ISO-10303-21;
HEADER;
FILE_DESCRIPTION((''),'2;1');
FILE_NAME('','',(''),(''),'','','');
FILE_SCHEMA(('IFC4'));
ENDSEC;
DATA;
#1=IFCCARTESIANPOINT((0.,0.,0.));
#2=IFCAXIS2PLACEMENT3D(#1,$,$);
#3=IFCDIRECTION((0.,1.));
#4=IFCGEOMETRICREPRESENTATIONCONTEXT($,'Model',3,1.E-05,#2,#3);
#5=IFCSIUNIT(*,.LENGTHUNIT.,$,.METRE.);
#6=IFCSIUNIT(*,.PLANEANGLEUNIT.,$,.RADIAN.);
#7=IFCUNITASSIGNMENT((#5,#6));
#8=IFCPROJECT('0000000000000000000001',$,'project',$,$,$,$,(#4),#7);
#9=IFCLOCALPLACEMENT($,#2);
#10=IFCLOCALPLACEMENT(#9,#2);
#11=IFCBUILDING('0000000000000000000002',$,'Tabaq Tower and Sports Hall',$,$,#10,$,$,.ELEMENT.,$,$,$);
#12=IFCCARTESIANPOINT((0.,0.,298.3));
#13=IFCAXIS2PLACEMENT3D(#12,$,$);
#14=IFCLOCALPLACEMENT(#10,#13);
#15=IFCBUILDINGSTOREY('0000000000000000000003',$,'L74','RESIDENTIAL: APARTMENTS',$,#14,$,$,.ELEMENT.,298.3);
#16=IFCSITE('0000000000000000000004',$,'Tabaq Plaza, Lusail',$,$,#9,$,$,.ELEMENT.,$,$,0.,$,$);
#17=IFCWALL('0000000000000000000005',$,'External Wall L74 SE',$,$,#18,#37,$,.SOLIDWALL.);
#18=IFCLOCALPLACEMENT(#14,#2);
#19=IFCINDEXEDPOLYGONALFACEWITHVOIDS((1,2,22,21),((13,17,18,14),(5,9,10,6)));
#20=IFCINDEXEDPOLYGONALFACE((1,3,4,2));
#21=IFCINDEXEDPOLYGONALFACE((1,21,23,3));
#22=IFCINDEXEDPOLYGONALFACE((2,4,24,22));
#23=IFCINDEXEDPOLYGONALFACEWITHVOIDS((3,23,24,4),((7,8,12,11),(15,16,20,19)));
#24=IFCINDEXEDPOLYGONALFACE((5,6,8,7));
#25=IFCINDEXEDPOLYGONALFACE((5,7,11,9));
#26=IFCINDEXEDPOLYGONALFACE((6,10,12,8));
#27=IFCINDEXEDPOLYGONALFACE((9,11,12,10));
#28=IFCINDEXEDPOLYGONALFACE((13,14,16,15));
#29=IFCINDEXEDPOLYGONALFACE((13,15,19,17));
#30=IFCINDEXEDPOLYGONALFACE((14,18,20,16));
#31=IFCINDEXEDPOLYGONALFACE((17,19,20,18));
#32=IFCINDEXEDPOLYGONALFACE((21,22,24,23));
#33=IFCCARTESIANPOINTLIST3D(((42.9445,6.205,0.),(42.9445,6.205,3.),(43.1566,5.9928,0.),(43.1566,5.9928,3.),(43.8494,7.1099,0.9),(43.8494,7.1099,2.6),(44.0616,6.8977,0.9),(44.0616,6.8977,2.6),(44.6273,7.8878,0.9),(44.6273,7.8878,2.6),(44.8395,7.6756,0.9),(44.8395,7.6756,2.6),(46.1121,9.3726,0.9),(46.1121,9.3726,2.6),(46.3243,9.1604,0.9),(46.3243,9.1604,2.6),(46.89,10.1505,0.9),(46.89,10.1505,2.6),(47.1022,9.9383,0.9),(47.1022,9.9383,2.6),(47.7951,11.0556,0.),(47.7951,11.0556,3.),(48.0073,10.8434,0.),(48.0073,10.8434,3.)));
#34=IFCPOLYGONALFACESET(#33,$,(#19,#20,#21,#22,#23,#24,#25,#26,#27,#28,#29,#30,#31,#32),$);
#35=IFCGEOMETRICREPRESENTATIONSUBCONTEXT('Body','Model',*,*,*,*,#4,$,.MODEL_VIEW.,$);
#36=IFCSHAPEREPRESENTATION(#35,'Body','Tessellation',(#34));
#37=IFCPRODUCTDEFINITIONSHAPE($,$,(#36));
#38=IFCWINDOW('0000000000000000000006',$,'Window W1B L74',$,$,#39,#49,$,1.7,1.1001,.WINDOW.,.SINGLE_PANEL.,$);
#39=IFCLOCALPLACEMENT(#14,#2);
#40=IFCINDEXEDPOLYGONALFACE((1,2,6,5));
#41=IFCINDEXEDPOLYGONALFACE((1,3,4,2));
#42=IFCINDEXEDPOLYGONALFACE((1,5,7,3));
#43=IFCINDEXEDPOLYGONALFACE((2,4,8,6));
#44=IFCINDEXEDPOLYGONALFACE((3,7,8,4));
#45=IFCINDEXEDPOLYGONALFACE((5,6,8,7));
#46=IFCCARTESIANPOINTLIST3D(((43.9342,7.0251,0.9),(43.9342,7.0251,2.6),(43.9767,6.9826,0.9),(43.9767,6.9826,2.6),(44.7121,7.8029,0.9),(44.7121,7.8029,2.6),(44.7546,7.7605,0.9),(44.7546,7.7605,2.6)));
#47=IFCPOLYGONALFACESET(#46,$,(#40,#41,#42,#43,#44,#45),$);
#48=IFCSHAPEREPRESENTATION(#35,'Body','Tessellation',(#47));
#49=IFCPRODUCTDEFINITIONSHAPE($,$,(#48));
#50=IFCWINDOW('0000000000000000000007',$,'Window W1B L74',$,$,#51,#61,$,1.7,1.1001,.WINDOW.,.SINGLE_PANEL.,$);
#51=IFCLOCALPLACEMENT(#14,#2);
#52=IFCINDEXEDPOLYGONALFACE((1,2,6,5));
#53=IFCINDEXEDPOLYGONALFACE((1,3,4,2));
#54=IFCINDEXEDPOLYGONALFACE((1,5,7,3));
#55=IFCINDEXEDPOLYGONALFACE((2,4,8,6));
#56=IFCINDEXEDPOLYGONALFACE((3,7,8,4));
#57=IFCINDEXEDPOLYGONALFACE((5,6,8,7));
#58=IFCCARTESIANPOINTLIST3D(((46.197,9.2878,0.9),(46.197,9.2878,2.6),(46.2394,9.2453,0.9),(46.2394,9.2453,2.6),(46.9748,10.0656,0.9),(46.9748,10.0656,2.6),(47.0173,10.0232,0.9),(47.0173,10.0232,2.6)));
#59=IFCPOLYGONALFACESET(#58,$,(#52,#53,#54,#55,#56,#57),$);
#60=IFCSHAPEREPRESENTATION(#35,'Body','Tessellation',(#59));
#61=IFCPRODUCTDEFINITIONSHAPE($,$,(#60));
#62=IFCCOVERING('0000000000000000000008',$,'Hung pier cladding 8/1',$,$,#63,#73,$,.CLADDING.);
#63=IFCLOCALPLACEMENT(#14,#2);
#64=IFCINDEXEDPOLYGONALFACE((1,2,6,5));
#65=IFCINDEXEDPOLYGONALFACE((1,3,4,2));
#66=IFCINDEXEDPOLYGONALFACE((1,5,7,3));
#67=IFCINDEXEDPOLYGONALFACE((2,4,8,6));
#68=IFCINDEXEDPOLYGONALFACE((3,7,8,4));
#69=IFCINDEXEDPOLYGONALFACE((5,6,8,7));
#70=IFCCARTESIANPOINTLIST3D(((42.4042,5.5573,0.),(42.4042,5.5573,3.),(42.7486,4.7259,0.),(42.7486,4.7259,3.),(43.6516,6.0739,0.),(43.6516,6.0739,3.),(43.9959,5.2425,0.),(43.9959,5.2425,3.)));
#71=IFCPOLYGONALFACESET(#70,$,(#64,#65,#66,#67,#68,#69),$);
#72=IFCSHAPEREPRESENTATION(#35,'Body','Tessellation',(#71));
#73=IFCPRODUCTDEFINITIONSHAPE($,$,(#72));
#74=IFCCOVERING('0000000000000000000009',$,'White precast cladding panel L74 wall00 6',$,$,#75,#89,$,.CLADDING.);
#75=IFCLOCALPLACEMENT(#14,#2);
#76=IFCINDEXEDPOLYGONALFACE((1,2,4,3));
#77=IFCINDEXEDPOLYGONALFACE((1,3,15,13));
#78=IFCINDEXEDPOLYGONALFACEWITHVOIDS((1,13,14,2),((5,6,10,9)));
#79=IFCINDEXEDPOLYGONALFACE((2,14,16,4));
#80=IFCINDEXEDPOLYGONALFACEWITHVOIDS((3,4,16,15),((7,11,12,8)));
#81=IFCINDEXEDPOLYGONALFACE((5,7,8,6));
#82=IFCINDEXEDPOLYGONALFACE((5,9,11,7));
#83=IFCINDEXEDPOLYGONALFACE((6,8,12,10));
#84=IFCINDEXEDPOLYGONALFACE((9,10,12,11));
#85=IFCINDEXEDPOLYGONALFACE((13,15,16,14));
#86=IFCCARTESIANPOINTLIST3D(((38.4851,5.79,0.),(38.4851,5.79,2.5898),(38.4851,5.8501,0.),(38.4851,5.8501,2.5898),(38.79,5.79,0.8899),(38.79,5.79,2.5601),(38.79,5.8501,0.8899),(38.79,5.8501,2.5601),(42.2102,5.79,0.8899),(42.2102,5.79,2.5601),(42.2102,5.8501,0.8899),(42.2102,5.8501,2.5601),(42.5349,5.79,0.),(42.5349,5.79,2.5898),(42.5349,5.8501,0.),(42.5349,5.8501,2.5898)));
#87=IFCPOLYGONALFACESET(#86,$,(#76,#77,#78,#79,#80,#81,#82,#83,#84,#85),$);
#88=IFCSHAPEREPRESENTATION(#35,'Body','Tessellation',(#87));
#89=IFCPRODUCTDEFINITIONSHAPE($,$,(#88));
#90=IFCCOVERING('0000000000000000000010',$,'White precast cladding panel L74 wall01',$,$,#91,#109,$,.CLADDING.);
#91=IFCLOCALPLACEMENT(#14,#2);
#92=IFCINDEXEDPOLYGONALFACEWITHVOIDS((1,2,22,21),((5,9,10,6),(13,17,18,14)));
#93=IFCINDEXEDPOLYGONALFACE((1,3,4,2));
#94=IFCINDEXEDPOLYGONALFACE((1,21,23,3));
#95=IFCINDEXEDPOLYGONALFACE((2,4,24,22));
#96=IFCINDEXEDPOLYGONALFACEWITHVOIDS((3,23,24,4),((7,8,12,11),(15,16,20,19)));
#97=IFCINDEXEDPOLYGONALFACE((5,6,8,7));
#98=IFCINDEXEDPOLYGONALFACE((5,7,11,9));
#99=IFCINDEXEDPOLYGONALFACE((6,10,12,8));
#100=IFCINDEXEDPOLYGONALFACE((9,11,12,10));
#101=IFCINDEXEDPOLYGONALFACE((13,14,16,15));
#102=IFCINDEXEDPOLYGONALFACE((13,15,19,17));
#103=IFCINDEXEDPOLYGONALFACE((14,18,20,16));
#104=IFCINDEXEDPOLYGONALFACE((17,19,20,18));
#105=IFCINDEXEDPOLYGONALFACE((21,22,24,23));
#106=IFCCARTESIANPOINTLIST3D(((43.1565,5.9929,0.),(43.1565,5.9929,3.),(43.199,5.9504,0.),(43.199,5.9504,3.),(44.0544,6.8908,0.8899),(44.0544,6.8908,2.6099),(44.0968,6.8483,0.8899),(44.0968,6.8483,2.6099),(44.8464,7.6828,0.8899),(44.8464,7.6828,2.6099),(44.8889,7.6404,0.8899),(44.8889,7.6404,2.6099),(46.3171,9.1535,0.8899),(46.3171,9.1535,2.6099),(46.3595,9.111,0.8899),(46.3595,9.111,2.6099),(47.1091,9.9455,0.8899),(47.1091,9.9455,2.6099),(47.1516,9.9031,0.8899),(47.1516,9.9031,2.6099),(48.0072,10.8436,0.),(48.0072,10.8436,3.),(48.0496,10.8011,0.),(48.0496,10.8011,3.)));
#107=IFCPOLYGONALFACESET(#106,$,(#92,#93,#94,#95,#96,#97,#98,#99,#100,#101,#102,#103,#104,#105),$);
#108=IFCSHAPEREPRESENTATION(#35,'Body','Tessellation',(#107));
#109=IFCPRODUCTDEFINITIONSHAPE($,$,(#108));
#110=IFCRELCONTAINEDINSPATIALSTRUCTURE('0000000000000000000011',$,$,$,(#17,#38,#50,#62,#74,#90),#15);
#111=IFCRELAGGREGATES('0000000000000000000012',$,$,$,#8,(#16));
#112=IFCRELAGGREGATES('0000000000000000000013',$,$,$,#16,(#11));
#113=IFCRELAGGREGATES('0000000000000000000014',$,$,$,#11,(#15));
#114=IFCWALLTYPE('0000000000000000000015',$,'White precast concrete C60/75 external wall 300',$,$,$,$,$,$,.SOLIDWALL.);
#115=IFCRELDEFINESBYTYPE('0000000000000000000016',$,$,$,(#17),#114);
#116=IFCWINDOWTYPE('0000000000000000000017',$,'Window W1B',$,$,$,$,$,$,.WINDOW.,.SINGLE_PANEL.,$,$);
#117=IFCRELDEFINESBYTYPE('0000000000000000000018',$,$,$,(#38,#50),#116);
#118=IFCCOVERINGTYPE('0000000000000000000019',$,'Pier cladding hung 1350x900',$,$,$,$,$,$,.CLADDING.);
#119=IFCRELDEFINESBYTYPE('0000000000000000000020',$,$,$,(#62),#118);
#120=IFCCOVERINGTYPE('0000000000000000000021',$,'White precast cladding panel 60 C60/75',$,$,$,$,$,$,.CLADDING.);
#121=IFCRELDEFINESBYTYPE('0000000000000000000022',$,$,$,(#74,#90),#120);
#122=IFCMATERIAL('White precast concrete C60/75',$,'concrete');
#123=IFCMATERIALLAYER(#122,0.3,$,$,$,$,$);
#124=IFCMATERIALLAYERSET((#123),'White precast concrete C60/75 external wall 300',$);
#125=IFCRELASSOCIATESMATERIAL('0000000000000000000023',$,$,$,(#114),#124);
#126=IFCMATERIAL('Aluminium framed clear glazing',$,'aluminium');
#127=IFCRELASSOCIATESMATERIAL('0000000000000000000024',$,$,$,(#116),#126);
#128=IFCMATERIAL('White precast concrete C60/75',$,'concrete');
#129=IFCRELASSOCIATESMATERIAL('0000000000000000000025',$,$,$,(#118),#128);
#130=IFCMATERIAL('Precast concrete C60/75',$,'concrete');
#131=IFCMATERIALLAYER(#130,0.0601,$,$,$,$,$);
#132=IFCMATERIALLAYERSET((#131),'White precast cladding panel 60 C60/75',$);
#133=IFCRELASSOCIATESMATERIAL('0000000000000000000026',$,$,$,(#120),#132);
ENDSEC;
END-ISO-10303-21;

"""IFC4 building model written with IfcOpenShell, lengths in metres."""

from ifc_helpers import new_model, si_unit, direction, frame, frame_2d, origin, place, context, subcontext, project, spatial, polyline, rectangle, outline, extrude, material, layer, layer_set, type_object, element, fill, save


model = new_model("IFC4")

# Units and contexts
model_context = context("Model", 3, precision=1e-05, world=origin(), true_north=direction((0.0, 1.0)))
body_context = subcontext(model_context, "Body", "Model", "MODEL_VIEW")
ifc_project = project(units=[si_unit("LENGTHUNIT", "METRE"), si_unit("PLANEANGLEUNIT", "RADIAN")], contexts=[model_context])

# Site, building, storey
site_placement = place(None, origin())
site = spatial("IfcSite", under=ifc_project, at=site_placement, Name="Tabaq Plaza, Lusail", CompositionType="ELEMENT", RefElevation=0.0)
building_placement = place(site_placement, origin())
building = spatial("IfcBuilding", under=site, at=building_placement, Name="Tabaq Tower and Sports Hall", CompositionType="ELEMENT")
storey_placement = place(building_placement, frame((0.0, 0.0, 298.3)))
storey = spatial("IfcBuildingStorey", under=building, at=storey_placement, Name="L74", Description="RESIDENTIAL: APARTMENTS", CompositionType="ELEMENT", Elevation=298.3)

# Wall, openings, windows
ifc_material_1 = material(Name="White precast concrete C60/75", Category="concrete")
ifc_layer_1 = layer(ifc_material_1, 0.3)
ifc_layer_set_1 = layer_set([ifc_layer_1], Name="White precast concrete C60/75 external wall 300")
wall_type_1 = type_object("IfcWallType", Name="White precast concrete C60/75 external wall 300", PredefinedType="SOLIDWALL", material=ifc_layer_set_1)
wall_1_placement = place(storey_placement, frame((43.0505, 6.0989, 0.0), z_axis=(0.0, 0.0, 1.0), x_axis=(0.707107, 0.707107, 0.0)))
wall_1 = element("IfcWall", 1, at=wall_1_placement, inside=storey, type_object=wall_type_1, Name="External Wall L74 SE", PredefinedType="SOLIDWALL", context=body_context, shape_type="SweptSolid", body=[
    extrude(rectangle(XDim=6.8599, YDim=0.3, at=frame_2d((3.4299, 0.0))), origin(), (0.0, 0.0, 1.0), 3.0),
])
opening_1_placement = place(wall_1_placement, frame((1.2798, 0.0, 0.8999)))
opening_1 = element("IfcOpeningElement", 2, at=opening_1_placement, cuts=wall_1, PredefinedType="OPENING", context=body_context, shape_type="SweptSolid", body=[
    extrude(rectangle(XDim=1.1001, YDim=1.7, at=frame_2d((0.55, 0.8501))), frame((0.0, 0.1602, 0.0), z_axis=(0.0, -1.0, 0.0), x_axis=(1.0, 0.0, 0.0)), (0.0, 0.0, 1.0), 0.3201),
])
opening_2_placement = place(wall_1_placement, frame((4.4797, 0.0, 0.8999)))
opening_2 = element("IfcOpeningElement", 3, at=opening_2_placement, cuts=wall_1, PredefinedType="OPENING", context=body_context, shape_type="SweptSolid", body=[
    extrude(rectangle(XDim=1.1001, YDim=1.7, at=frame_2d((0.55, 0.8501))), frame((0.0, 0.1602, 0.0), z_axis=(0.0, -1.0, 0.0), x_axis=(1.0, 0.0, 0.0)), (0.0, 0.0, 1.0), 0.3201),
])
ifc_material_2 = material(Name="Aluminium framed clear glazing", Category="aluminium")
window_type = type_object("IfcWindowType", Name="Window W1B", PartitioningType="SINGLE_PANEL", PredefinedType="WINDOW", material=ifc_material_2)
window_1_placement = place(opening_1_placement, origin())
window_1 = element("IfcWindow", 4, at=window_1_placement, inside=storey, type_object=window_type, Name="Window W1B L74", OverallHeight=1.7, OverallWidth=1.1001, PartitioningType="SINGLE_PANEL", PredefinedType="WINDOW", context=body_context, shape_type="SweptSolid", body=[
    extrude(rectangle(XDim=1.1001, YDim=1.7, at=frame_2d((0.55, 0.8501))), frame((0.0, 0.03, 0.0), z_axis=(0.0, -1.0, 0.0), x_axis=(1.0, 0.0, 0.0)), (0.0, 0.0, 1.0), 0.0601),
])
fill(opening_1, window_1)
window_2_placement = place(opening_2_placement, origin())
window_2 = element("IfcWindow", 5, at=window_2_placement, inside=storey, type_object=window_type, Name="Window W1B L74", OverallHeight=1.7, OverallWidth=1.1001, PartitioningType="SINGLE_PANEL", PredefinedType="WINDOW", context=body_context, shape_type="SweptSolid", body=[
    extrude(rectangle(XDim=1.1001, YDim=1.7, at=frame_2d((0.55, 0.8501))), frame((0.0, 0.03, 0.0), z_axis=(0.0, -1.0, 0.0), x_axis=(1.0, 0.0, 0.0)), (0.0, 0.0, 1.0), 0.0601),
])
fill(opening_2, window_2)

# Coverings
ifc_material_3 = material(Name="White precast concrete C60/75", Category="concrete")
covering_type_1 = type_object("IfcCoveringType", Name="Pier cladding hung 1350x900", PredefinedType="CLADDING", material=ifc_material_3)
covering_1_placement = place(storey_placement, frame((42.5764, 5.1416, 0.0), z_axis=(0.0, 0.0, 1.0), x_axis=(0.923893, 0.38265, 0.0)))
element("IfcCovering", 6, at=covering_1_placement, inside=storey, type_object=covering_type_1, Name="Hung pier cladding 8/1", PredefinedType="CLADDING", context=body_context, shape_type="SweptSolid", body=[
    extrude(rectangle(XDim=1.3501, YDim=0.8999, at=frame_2d((0.675, 0.0))), origin(), (0.0, 0.0, 1.0), 3.0),
])
ifc_material_4 = material(Name="Precast concrete C60/75", Category="concrete")
ifc_layer_2 = layer(ifc_material_4, 0.0601)
ifc_layer_set_2 = layer_set([ifc_layer_2], Name="White precast cladding panel 60 C60/75")
covering_type_2 = type_object("IfcCoveringType", Name="White precast cladding panel 60 C60/75", PredefinedType="CLADDING", material=ifc_layer_set_2)
covering_2_placement = place(storey_placement, frame((38.4851, 5.8201, 0.0), z_axis=(0.0, 0.0, 1.0), x_axis=(1.0, 0.0, 0.0)))
element("IfcCovering", 7, at=covering_2_placement, inside=storey, type_object=covering_type_2, Name="White precast cladding panel L74 wall00 6", PredefinedType="CLADDING", context=body_context, shape_type="SweptSolid", body=[
    extrude(outline(polyline([(0.0, 0.0), (4.0498, 0.0), (4.0498, 2.5898), (0.0, 2.5898), (0.0, 0.0)]), holes=[polyline([(3.7251, 0.8899), (0.3049, 0.8899), (0.3049, 2.5601), (3.7251, 2.5601), (3.7251, 0.8899)])]), frame((0.0, 0.03, 0.0), z_axis=(0.0, -1.0, 0.0), x_axis=(1.0, 0.0, 0.0)), (0.0, 0.0, 1.0), 0.0601),
])
covering_3_placement = place(storey_placement, frame((43.1777, 5.9717, 0.0), z_axis=(0.0, 0.0, 1.0), x_axis=(0.707107, 0.707107, 0.0)))
element("IfcCovering", 8, at=covering_3_placement, inside=storey, type_object=covering_type_2, Name="White precast cladding panel L74 wall01", PredefinedType="CLADDING", context=body_context, shape_type="SweptSolid", body=[
    extrude(outline(polyline([(0.0, 0.0), (6.8599, 0.0), (6.8599, 3.0), (0.0, 3.0), (0.0, 0.0)]), holes=[polyline([(1.2698, 2.6099), (2.3899, 2.6099), (2.3899, 0.8899), (1.2698, 0.8899), (1.2698, 2.6099)]), polyline([(4.4697, 2.6099), (5.5898, 2.6099), (5.5898, 0.8899), (4.4697, 0.8899), (4.4697, 2.6099)])]), frame((0.0, 0.03, 0.0), z_axis=(0.0, -1.0, 0.0), x_axis=(1.0, 0.0, 0.0)), (0.0, 0.0, 1.0), 0.0601),
])

save(model, "model.ifc")
